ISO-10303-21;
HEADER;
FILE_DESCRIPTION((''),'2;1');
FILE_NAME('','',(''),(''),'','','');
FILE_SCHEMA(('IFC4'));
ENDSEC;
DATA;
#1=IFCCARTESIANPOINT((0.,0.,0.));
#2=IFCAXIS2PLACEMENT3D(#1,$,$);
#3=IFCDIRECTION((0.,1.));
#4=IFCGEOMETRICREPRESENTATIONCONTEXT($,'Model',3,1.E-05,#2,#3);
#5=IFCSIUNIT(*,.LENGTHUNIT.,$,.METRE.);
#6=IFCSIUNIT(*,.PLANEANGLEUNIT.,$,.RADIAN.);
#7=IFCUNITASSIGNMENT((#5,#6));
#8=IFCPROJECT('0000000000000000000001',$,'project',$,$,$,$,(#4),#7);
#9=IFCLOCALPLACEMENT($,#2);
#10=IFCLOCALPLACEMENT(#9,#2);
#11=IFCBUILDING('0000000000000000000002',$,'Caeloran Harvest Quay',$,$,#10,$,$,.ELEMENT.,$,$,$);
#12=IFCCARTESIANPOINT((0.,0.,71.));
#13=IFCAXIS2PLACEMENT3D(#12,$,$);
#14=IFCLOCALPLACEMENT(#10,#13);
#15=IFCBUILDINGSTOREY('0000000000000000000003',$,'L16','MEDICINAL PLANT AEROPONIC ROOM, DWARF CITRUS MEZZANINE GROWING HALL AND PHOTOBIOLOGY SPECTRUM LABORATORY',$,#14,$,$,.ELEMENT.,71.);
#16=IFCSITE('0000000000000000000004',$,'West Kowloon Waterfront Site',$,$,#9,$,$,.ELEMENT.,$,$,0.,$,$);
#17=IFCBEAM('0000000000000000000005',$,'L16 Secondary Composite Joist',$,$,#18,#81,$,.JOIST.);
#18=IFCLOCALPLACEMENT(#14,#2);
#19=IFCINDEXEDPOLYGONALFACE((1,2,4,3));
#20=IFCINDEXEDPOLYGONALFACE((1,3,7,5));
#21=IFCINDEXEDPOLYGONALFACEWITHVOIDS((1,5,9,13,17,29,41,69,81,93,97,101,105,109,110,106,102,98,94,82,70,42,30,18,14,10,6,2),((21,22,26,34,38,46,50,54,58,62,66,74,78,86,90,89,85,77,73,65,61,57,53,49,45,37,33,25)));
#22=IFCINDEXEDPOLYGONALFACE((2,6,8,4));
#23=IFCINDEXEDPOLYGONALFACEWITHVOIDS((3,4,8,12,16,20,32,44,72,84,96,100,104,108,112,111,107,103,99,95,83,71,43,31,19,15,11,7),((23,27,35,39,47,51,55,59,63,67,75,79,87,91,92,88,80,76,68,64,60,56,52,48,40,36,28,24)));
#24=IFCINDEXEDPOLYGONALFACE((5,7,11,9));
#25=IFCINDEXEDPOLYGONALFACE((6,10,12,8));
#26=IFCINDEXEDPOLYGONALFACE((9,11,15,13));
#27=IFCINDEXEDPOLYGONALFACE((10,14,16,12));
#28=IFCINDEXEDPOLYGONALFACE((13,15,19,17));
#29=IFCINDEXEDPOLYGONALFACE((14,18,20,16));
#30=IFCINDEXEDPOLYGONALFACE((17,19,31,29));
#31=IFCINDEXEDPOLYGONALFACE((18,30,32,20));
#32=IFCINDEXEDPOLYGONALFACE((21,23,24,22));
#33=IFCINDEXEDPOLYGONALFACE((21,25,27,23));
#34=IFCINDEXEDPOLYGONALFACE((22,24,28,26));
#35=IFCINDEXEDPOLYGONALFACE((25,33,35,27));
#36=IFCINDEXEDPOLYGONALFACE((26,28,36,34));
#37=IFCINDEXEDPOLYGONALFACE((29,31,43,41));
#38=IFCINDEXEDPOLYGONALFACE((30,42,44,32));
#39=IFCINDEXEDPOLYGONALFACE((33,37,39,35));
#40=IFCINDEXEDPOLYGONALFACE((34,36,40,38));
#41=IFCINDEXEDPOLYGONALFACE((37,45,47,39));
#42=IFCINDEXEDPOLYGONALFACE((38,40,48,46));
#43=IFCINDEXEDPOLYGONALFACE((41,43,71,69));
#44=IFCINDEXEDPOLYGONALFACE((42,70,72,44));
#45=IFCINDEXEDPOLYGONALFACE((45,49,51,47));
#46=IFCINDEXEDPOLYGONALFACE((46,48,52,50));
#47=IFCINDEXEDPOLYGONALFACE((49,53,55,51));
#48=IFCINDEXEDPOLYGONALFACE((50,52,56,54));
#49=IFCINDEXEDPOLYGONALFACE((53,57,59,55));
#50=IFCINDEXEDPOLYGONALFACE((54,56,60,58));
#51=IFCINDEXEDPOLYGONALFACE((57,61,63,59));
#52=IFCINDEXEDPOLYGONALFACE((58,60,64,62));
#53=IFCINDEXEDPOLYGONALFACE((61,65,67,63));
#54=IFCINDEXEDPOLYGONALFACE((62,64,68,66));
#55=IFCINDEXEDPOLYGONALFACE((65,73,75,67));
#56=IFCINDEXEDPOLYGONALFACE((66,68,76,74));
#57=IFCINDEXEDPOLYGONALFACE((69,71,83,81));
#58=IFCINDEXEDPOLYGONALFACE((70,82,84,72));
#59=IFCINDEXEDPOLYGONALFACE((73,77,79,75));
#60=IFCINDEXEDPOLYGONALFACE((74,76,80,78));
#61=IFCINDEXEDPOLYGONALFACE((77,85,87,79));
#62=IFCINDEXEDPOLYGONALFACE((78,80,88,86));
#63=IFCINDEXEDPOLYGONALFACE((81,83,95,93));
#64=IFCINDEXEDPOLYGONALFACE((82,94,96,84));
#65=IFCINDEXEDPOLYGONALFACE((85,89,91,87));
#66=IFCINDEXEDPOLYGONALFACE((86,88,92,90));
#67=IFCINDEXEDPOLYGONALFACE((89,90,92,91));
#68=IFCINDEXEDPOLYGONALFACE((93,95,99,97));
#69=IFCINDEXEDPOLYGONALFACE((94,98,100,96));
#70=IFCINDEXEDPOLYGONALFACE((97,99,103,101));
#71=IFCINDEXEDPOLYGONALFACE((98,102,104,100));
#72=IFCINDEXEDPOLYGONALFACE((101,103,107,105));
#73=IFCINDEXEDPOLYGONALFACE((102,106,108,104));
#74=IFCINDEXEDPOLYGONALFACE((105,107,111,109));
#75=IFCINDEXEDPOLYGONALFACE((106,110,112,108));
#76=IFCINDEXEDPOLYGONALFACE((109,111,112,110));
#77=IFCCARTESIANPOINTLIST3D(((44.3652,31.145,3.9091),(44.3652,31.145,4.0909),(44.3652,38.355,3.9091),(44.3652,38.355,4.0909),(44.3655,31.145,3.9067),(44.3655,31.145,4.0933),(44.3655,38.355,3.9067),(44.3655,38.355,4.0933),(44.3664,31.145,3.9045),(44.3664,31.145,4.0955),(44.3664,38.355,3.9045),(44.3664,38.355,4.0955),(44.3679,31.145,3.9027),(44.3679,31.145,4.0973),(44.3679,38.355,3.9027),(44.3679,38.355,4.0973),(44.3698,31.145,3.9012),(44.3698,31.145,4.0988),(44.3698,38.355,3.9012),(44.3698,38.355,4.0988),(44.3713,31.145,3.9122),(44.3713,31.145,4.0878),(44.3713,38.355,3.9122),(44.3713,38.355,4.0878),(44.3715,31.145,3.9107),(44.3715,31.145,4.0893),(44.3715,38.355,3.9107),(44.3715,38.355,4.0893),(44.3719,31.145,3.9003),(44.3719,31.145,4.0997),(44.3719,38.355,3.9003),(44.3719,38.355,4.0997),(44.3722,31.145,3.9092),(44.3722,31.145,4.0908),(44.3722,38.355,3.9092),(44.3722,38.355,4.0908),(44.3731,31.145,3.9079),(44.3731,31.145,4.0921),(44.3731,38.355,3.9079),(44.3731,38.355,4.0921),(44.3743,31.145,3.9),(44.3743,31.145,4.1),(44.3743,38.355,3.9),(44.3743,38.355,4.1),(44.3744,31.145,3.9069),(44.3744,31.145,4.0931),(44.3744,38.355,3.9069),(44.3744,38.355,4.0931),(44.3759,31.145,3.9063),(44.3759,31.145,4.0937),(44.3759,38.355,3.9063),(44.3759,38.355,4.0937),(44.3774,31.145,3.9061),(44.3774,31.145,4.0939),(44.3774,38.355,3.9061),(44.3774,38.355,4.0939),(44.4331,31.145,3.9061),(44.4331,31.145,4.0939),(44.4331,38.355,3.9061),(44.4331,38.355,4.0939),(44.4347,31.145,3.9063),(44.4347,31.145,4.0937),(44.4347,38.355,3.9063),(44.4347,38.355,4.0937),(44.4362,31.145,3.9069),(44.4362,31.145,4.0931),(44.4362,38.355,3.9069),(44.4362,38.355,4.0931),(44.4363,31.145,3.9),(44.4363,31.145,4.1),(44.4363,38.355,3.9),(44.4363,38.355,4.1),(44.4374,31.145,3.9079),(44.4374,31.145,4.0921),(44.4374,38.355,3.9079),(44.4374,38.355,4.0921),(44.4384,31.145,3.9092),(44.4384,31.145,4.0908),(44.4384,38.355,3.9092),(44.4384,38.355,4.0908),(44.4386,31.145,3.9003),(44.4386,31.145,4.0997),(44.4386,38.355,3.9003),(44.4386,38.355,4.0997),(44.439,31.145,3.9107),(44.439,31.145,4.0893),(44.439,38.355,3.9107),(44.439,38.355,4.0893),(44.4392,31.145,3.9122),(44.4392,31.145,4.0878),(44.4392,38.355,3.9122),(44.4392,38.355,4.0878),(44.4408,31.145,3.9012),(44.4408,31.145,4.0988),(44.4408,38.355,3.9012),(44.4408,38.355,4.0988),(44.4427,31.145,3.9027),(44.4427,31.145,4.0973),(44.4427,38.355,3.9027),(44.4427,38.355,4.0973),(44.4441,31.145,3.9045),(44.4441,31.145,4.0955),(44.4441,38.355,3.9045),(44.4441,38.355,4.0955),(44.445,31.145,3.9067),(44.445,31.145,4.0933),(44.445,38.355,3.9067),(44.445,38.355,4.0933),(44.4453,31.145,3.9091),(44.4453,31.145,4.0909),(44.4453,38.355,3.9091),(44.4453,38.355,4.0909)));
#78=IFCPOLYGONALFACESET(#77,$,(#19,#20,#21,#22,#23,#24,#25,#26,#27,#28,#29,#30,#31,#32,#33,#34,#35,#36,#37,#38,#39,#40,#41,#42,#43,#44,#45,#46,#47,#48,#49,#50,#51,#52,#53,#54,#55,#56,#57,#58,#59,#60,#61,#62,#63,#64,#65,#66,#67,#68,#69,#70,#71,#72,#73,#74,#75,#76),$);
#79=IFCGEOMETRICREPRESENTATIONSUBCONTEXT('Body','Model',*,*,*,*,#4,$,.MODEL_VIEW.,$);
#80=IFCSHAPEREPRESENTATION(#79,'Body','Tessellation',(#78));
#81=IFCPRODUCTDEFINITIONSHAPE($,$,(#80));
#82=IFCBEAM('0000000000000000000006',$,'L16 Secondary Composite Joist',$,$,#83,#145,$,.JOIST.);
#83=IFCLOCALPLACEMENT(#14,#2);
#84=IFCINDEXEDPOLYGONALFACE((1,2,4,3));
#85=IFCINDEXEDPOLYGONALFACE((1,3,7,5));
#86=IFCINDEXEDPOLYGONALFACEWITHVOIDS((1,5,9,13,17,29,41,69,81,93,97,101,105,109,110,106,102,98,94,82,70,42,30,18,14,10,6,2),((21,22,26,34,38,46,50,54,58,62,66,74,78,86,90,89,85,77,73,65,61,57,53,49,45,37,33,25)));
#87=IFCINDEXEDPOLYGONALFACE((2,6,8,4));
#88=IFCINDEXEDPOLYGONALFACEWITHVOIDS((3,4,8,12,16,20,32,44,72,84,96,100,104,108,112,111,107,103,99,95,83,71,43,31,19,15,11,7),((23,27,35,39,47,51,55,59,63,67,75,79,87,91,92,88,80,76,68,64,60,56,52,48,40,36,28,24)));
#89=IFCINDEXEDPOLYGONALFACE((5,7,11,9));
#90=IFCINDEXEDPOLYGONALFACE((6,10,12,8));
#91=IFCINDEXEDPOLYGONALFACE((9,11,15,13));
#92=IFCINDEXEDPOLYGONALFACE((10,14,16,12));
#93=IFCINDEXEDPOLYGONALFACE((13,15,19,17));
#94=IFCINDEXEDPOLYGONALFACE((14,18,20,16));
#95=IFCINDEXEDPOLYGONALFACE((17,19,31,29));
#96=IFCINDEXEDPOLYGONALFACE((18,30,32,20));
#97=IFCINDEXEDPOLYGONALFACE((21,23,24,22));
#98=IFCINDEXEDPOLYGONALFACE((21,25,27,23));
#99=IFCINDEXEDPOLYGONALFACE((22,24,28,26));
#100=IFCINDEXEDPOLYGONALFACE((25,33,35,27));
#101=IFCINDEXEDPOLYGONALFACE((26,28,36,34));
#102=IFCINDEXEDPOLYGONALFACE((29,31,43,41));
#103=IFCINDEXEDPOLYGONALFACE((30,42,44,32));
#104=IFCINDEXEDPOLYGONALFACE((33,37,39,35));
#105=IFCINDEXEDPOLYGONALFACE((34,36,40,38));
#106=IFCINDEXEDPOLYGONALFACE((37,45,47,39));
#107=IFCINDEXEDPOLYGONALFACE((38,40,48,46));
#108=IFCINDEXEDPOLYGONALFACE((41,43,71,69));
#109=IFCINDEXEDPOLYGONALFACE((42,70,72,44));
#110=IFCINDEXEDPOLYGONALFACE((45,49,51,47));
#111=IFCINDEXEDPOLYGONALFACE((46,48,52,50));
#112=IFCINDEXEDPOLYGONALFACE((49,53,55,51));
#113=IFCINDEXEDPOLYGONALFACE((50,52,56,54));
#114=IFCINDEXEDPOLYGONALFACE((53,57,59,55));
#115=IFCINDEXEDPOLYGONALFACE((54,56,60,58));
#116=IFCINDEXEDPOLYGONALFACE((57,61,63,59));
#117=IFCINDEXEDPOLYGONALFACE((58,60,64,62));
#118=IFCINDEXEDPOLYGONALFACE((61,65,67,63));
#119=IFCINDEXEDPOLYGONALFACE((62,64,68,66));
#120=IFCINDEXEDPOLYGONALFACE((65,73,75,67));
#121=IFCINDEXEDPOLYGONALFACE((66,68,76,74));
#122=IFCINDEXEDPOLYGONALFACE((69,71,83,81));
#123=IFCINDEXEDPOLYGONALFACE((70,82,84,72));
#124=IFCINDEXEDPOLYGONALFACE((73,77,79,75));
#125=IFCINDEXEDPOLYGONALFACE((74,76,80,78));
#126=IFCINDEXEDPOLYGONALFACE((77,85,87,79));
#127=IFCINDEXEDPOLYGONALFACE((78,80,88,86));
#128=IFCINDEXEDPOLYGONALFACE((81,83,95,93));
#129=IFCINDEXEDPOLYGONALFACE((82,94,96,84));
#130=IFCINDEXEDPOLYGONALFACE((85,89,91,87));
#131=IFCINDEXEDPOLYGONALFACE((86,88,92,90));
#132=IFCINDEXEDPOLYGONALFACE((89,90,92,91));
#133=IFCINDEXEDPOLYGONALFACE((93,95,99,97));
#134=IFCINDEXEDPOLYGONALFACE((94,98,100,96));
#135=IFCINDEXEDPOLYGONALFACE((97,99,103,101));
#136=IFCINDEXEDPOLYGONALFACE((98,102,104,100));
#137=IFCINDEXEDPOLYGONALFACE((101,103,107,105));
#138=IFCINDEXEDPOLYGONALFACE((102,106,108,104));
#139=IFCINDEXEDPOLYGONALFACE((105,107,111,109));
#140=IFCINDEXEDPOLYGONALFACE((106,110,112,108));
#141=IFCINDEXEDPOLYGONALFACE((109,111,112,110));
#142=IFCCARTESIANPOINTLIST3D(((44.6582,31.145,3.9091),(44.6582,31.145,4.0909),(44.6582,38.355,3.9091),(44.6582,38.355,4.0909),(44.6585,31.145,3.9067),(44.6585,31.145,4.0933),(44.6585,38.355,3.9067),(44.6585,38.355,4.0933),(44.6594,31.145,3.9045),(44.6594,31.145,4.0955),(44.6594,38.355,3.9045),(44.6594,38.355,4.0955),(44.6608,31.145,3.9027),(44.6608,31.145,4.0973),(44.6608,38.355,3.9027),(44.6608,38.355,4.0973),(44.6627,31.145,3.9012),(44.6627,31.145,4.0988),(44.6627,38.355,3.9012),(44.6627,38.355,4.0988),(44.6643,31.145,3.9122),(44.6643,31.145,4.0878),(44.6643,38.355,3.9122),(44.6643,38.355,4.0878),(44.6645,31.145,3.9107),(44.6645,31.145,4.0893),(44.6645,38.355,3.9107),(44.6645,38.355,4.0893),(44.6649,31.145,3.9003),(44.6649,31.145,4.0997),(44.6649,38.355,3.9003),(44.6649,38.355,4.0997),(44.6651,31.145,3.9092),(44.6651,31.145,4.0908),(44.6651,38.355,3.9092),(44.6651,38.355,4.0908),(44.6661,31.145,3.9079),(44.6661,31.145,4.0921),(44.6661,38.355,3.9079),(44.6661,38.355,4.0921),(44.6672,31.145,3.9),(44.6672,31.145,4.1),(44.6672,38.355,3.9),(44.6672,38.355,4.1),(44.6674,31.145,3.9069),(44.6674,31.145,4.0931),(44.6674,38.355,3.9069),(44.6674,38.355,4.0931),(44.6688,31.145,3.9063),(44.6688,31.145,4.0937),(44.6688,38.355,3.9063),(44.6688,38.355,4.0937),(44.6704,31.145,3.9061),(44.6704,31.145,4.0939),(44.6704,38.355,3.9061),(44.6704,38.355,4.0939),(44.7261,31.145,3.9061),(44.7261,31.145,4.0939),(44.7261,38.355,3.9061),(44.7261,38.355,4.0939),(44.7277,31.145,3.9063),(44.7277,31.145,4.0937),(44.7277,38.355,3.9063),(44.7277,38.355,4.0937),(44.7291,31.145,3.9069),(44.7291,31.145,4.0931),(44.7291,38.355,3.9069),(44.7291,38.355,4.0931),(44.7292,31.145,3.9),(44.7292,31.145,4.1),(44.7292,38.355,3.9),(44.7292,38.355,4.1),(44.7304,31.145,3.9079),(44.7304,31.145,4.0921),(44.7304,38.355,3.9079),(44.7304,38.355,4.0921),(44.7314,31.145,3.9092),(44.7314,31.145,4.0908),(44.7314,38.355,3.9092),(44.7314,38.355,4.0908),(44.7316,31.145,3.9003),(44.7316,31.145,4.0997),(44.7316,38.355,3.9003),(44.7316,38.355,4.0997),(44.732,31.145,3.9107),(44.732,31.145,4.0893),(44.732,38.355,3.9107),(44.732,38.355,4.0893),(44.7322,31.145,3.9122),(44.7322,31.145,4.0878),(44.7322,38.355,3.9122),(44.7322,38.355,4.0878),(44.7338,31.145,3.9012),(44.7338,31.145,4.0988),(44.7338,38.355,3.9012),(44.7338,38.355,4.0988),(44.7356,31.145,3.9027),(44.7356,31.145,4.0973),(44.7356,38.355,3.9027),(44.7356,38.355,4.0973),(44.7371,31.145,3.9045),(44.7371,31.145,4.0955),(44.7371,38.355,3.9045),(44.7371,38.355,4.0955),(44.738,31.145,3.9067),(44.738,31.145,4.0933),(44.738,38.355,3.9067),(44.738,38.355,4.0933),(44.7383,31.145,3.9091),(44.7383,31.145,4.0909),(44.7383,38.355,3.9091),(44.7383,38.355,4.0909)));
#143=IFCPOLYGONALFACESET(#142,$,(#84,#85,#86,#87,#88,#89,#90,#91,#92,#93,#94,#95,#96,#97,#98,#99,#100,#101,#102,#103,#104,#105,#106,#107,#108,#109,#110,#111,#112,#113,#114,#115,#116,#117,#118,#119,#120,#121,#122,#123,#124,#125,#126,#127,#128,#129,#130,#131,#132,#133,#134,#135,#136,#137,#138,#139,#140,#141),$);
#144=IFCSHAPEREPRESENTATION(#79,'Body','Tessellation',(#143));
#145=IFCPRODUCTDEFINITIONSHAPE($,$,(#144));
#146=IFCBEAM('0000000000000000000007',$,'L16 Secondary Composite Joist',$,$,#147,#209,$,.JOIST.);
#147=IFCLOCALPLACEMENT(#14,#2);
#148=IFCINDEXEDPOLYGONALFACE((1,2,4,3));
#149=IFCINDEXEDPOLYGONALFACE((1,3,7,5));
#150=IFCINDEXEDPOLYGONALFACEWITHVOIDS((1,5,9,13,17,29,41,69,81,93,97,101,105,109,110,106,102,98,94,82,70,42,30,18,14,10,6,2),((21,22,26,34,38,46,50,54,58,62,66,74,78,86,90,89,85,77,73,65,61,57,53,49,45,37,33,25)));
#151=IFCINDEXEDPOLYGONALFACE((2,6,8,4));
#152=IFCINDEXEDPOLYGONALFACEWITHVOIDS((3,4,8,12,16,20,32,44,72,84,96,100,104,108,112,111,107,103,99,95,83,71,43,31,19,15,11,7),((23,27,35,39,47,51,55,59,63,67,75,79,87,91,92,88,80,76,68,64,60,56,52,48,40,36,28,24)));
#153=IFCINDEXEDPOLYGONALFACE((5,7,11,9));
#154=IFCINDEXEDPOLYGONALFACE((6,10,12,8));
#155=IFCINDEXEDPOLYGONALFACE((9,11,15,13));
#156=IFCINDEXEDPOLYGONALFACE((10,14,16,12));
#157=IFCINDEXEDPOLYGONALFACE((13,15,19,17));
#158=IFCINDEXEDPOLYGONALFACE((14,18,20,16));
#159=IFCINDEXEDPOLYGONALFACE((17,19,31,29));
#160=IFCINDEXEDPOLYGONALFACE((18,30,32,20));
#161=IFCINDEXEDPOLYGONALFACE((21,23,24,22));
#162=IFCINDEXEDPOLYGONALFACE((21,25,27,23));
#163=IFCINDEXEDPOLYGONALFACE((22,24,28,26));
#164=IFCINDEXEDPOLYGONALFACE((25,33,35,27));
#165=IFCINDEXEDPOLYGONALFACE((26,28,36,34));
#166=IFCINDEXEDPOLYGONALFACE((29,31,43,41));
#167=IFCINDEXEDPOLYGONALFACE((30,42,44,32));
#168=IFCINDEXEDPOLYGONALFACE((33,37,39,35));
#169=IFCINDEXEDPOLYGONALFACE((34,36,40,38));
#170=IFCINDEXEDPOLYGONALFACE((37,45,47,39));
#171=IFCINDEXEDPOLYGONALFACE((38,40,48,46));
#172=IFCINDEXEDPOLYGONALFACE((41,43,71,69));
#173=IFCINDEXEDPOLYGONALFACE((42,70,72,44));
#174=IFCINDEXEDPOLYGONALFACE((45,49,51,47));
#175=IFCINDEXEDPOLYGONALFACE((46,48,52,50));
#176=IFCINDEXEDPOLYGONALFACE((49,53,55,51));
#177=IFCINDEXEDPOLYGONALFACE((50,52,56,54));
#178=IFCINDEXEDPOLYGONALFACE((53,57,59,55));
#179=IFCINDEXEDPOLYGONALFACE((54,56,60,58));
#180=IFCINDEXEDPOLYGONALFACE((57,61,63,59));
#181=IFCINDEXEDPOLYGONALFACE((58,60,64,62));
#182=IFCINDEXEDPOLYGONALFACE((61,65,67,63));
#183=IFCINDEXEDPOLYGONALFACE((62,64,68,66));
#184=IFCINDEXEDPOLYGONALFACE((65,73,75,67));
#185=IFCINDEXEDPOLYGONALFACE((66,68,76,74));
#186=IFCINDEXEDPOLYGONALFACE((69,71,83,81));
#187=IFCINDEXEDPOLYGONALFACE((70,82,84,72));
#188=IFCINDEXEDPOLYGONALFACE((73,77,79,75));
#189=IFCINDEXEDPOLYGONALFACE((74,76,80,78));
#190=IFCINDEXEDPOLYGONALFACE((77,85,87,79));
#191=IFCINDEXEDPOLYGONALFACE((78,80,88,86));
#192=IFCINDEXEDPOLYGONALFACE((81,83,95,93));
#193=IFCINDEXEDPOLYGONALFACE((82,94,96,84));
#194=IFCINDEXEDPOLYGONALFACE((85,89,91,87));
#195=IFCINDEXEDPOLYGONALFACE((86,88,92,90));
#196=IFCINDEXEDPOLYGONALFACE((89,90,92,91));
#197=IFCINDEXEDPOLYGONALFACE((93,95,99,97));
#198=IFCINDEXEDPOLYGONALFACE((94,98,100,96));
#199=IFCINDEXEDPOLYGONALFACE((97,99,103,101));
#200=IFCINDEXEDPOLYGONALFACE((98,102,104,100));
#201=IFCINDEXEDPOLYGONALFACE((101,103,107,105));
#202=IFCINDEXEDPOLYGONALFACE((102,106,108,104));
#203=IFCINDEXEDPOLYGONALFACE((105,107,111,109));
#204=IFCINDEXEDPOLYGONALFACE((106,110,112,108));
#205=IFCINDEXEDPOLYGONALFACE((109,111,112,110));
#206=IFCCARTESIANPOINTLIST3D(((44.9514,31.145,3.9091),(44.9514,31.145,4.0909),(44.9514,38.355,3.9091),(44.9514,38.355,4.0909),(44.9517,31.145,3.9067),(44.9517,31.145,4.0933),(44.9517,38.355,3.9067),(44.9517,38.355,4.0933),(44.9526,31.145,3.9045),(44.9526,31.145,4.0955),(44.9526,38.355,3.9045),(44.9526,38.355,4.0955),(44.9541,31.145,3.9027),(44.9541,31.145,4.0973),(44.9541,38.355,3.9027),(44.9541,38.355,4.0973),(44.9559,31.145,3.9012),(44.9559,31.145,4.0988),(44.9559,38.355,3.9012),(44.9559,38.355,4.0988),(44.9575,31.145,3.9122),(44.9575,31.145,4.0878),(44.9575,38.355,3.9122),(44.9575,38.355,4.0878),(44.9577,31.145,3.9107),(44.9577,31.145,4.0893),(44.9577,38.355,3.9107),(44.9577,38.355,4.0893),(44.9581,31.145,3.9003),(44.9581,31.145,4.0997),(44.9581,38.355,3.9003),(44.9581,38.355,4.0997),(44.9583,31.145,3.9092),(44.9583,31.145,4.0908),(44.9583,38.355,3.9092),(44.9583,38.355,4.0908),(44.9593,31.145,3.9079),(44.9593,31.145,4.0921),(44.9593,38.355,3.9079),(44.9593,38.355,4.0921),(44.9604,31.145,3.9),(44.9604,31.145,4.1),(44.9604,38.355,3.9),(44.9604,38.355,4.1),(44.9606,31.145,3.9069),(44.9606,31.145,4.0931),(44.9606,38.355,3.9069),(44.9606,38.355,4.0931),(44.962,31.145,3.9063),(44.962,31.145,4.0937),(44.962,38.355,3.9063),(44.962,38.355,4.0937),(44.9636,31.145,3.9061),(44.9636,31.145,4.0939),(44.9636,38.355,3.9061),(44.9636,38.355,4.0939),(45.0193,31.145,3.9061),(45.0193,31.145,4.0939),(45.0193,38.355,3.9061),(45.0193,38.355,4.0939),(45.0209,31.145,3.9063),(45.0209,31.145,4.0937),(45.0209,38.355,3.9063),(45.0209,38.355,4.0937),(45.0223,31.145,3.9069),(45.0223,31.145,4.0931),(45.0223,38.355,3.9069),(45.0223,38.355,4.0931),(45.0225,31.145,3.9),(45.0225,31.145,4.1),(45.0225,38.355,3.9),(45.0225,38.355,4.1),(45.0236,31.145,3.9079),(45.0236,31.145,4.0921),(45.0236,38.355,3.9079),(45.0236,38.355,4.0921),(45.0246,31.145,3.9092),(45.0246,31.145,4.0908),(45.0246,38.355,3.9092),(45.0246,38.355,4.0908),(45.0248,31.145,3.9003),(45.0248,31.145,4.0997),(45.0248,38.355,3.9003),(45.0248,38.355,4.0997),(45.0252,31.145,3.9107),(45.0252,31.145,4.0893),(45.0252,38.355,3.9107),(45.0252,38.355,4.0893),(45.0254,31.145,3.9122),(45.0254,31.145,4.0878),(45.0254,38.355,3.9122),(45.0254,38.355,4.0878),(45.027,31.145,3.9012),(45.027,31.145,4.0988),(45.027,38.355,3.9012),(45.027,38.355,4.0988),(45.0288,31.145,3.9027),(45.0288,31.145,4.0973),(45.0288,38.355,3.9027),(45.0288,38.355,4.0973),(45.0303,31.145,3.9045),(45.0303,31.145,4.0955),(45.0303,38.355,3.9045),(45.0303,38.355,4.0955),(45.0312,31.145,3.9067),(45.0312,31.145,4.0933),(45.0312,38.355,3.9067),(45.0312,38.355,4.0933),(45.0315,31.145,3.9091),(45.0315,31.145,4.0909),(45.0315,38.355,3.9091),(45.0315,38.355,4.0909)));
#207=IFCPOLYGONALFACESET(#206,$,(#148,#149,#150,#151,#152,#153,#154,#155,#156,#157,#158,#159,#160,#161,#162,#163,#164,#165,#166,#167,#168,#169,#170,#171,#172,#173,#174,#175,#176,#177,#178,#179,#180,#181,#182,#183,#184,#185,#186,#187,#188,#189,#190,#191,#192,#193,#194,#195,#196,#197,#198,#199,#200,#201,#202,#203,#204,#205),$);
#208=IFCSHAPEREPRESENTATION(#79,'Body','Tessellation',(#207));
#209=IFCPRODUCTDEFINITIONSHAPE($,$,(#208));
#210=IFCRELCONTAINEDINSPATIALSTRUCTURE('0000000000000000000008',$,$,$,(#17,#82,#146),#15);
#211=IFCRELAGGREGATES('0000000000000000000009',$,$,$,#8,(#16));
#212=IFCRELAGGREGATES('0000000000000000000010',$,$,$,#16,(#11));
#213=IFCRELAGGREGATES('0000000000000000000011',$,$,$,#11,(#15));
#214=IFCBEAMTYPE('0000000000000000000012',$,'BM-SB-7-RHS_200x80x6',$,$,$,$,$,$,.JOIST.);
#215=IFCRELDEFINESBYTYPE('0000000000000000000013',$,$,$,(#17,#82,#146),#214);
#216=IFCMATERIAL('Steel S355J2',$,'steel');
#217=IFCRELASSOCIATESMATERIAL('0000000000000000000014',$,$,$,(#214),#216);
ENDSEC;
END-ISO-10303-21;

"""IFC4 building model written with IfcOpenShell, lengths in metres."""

from ifc_helpers import new_model, si_unit, direction, frame, origin, origin_2d, place, context, subcontext, project, spatial, hollow_rectangle, extrude, material, material_profile, profile_set, type_object, element, save


model = new_model("IFC4")

# Units and contexts
model_context = context("Model", 3, precision=1e-05, world=origin(), true_north=direction((0.0, 1.0)))
body_context = subcontext(model_context, "Body", "Model", "MODEL_VIEW")
ifc_project = project(units=[si_unit("LENGTHUNIT", "METRE"), si_unit("PLANEANGLEUNIT", "RADIAN")], contexts=[model_context])

# Site, building, storey
site_placement = place(None, origin())
site = spatial("IfcSite", under=ifc_project, at=site_placement, Name="West Kowloon Waterfront Site", CompositionType="ELEMENT", RefElevation=0.0)
building_placement = place(site_placement, origin())
building = spatial("IfcBuilding", under=site, at=building_placement, Name="Caeloran Harvest Quay", CompositionType="ELEMENT")
storey_placement = place(building_placement, frame((0.0, 0.0, 71.0)))
storey = spatial("IfcBuildingStorey", under=building, at=storey_placement, Name="L16", Description="MEDICINAL PLANT AEROPONIC ROOM, DWARF CITRUS MEZZANINE GROWING HALL AND PHOTOBIOLOGY SPECTRUM LABORATORY", CompositionType="ELEMENT", Elevation=71.0)

# Beams
ifc_material_1 = material(Name="Steel S355J2", Category="steel")
ifc_material_profile_1 = material_profile(ifc_material_1, hollow_rectangle(XDim=0.0801, YDim=0.2, WallThickness=0.0061, InnerFilletRadius=0.0061, OuterFilletRadius=0.009, at=origin_2d()), Name="RHS 200x80x6")
ifc_profile_set_1 = profile_set([ifc_material_profile_1], Name="Steel S355J2")
beam_type_1 = type_object("IfcBeamType", Name="BM-SB-7-RHS_200x80x6", PredefinedType="JOIST", material=ifc_profile_set_1)
for number, where, z_axis, x_axis, name in (
    (1, (44.4053, 31.145, 4.0), (0.0, 1.0, 0.0), (-1.0, 0.0, 0.0), "L16 Secondary Composite Joist"),
    (2, (44.6982, 31.145, 4.0), (0.0, 1.0, 0.0), (-1.0, 0.0, 0.0), "L16 Secondary Composite Joist"),
    (3, (44.9915, 31.145, 4.0), (0.0, 1.0, 0.0), (-1.0, 0.0, 0.0), "L16 Secondary Composite Joist"),
):
    element("IfcBeam", number, at=place(storey_placement, frame(where, z_axis=z_axis, x_axis=x_axis)), inside=storey, type_object=beam_type_1, Name=name, PredefinedType="JOIST", context=body_context, shape_type="SweptSolid", body=[
        extrude(hollow_rectangle(XDim=0.0801, YDim=0.2, WallThickness=0.0061, InnerFilletRadius=0.0061, OuterFilletRadius=0.009, at=origin_2d()), origin(), (0.0, 0.0, 1.0), 7.21),
    ])

save(model, "model.ifc")
